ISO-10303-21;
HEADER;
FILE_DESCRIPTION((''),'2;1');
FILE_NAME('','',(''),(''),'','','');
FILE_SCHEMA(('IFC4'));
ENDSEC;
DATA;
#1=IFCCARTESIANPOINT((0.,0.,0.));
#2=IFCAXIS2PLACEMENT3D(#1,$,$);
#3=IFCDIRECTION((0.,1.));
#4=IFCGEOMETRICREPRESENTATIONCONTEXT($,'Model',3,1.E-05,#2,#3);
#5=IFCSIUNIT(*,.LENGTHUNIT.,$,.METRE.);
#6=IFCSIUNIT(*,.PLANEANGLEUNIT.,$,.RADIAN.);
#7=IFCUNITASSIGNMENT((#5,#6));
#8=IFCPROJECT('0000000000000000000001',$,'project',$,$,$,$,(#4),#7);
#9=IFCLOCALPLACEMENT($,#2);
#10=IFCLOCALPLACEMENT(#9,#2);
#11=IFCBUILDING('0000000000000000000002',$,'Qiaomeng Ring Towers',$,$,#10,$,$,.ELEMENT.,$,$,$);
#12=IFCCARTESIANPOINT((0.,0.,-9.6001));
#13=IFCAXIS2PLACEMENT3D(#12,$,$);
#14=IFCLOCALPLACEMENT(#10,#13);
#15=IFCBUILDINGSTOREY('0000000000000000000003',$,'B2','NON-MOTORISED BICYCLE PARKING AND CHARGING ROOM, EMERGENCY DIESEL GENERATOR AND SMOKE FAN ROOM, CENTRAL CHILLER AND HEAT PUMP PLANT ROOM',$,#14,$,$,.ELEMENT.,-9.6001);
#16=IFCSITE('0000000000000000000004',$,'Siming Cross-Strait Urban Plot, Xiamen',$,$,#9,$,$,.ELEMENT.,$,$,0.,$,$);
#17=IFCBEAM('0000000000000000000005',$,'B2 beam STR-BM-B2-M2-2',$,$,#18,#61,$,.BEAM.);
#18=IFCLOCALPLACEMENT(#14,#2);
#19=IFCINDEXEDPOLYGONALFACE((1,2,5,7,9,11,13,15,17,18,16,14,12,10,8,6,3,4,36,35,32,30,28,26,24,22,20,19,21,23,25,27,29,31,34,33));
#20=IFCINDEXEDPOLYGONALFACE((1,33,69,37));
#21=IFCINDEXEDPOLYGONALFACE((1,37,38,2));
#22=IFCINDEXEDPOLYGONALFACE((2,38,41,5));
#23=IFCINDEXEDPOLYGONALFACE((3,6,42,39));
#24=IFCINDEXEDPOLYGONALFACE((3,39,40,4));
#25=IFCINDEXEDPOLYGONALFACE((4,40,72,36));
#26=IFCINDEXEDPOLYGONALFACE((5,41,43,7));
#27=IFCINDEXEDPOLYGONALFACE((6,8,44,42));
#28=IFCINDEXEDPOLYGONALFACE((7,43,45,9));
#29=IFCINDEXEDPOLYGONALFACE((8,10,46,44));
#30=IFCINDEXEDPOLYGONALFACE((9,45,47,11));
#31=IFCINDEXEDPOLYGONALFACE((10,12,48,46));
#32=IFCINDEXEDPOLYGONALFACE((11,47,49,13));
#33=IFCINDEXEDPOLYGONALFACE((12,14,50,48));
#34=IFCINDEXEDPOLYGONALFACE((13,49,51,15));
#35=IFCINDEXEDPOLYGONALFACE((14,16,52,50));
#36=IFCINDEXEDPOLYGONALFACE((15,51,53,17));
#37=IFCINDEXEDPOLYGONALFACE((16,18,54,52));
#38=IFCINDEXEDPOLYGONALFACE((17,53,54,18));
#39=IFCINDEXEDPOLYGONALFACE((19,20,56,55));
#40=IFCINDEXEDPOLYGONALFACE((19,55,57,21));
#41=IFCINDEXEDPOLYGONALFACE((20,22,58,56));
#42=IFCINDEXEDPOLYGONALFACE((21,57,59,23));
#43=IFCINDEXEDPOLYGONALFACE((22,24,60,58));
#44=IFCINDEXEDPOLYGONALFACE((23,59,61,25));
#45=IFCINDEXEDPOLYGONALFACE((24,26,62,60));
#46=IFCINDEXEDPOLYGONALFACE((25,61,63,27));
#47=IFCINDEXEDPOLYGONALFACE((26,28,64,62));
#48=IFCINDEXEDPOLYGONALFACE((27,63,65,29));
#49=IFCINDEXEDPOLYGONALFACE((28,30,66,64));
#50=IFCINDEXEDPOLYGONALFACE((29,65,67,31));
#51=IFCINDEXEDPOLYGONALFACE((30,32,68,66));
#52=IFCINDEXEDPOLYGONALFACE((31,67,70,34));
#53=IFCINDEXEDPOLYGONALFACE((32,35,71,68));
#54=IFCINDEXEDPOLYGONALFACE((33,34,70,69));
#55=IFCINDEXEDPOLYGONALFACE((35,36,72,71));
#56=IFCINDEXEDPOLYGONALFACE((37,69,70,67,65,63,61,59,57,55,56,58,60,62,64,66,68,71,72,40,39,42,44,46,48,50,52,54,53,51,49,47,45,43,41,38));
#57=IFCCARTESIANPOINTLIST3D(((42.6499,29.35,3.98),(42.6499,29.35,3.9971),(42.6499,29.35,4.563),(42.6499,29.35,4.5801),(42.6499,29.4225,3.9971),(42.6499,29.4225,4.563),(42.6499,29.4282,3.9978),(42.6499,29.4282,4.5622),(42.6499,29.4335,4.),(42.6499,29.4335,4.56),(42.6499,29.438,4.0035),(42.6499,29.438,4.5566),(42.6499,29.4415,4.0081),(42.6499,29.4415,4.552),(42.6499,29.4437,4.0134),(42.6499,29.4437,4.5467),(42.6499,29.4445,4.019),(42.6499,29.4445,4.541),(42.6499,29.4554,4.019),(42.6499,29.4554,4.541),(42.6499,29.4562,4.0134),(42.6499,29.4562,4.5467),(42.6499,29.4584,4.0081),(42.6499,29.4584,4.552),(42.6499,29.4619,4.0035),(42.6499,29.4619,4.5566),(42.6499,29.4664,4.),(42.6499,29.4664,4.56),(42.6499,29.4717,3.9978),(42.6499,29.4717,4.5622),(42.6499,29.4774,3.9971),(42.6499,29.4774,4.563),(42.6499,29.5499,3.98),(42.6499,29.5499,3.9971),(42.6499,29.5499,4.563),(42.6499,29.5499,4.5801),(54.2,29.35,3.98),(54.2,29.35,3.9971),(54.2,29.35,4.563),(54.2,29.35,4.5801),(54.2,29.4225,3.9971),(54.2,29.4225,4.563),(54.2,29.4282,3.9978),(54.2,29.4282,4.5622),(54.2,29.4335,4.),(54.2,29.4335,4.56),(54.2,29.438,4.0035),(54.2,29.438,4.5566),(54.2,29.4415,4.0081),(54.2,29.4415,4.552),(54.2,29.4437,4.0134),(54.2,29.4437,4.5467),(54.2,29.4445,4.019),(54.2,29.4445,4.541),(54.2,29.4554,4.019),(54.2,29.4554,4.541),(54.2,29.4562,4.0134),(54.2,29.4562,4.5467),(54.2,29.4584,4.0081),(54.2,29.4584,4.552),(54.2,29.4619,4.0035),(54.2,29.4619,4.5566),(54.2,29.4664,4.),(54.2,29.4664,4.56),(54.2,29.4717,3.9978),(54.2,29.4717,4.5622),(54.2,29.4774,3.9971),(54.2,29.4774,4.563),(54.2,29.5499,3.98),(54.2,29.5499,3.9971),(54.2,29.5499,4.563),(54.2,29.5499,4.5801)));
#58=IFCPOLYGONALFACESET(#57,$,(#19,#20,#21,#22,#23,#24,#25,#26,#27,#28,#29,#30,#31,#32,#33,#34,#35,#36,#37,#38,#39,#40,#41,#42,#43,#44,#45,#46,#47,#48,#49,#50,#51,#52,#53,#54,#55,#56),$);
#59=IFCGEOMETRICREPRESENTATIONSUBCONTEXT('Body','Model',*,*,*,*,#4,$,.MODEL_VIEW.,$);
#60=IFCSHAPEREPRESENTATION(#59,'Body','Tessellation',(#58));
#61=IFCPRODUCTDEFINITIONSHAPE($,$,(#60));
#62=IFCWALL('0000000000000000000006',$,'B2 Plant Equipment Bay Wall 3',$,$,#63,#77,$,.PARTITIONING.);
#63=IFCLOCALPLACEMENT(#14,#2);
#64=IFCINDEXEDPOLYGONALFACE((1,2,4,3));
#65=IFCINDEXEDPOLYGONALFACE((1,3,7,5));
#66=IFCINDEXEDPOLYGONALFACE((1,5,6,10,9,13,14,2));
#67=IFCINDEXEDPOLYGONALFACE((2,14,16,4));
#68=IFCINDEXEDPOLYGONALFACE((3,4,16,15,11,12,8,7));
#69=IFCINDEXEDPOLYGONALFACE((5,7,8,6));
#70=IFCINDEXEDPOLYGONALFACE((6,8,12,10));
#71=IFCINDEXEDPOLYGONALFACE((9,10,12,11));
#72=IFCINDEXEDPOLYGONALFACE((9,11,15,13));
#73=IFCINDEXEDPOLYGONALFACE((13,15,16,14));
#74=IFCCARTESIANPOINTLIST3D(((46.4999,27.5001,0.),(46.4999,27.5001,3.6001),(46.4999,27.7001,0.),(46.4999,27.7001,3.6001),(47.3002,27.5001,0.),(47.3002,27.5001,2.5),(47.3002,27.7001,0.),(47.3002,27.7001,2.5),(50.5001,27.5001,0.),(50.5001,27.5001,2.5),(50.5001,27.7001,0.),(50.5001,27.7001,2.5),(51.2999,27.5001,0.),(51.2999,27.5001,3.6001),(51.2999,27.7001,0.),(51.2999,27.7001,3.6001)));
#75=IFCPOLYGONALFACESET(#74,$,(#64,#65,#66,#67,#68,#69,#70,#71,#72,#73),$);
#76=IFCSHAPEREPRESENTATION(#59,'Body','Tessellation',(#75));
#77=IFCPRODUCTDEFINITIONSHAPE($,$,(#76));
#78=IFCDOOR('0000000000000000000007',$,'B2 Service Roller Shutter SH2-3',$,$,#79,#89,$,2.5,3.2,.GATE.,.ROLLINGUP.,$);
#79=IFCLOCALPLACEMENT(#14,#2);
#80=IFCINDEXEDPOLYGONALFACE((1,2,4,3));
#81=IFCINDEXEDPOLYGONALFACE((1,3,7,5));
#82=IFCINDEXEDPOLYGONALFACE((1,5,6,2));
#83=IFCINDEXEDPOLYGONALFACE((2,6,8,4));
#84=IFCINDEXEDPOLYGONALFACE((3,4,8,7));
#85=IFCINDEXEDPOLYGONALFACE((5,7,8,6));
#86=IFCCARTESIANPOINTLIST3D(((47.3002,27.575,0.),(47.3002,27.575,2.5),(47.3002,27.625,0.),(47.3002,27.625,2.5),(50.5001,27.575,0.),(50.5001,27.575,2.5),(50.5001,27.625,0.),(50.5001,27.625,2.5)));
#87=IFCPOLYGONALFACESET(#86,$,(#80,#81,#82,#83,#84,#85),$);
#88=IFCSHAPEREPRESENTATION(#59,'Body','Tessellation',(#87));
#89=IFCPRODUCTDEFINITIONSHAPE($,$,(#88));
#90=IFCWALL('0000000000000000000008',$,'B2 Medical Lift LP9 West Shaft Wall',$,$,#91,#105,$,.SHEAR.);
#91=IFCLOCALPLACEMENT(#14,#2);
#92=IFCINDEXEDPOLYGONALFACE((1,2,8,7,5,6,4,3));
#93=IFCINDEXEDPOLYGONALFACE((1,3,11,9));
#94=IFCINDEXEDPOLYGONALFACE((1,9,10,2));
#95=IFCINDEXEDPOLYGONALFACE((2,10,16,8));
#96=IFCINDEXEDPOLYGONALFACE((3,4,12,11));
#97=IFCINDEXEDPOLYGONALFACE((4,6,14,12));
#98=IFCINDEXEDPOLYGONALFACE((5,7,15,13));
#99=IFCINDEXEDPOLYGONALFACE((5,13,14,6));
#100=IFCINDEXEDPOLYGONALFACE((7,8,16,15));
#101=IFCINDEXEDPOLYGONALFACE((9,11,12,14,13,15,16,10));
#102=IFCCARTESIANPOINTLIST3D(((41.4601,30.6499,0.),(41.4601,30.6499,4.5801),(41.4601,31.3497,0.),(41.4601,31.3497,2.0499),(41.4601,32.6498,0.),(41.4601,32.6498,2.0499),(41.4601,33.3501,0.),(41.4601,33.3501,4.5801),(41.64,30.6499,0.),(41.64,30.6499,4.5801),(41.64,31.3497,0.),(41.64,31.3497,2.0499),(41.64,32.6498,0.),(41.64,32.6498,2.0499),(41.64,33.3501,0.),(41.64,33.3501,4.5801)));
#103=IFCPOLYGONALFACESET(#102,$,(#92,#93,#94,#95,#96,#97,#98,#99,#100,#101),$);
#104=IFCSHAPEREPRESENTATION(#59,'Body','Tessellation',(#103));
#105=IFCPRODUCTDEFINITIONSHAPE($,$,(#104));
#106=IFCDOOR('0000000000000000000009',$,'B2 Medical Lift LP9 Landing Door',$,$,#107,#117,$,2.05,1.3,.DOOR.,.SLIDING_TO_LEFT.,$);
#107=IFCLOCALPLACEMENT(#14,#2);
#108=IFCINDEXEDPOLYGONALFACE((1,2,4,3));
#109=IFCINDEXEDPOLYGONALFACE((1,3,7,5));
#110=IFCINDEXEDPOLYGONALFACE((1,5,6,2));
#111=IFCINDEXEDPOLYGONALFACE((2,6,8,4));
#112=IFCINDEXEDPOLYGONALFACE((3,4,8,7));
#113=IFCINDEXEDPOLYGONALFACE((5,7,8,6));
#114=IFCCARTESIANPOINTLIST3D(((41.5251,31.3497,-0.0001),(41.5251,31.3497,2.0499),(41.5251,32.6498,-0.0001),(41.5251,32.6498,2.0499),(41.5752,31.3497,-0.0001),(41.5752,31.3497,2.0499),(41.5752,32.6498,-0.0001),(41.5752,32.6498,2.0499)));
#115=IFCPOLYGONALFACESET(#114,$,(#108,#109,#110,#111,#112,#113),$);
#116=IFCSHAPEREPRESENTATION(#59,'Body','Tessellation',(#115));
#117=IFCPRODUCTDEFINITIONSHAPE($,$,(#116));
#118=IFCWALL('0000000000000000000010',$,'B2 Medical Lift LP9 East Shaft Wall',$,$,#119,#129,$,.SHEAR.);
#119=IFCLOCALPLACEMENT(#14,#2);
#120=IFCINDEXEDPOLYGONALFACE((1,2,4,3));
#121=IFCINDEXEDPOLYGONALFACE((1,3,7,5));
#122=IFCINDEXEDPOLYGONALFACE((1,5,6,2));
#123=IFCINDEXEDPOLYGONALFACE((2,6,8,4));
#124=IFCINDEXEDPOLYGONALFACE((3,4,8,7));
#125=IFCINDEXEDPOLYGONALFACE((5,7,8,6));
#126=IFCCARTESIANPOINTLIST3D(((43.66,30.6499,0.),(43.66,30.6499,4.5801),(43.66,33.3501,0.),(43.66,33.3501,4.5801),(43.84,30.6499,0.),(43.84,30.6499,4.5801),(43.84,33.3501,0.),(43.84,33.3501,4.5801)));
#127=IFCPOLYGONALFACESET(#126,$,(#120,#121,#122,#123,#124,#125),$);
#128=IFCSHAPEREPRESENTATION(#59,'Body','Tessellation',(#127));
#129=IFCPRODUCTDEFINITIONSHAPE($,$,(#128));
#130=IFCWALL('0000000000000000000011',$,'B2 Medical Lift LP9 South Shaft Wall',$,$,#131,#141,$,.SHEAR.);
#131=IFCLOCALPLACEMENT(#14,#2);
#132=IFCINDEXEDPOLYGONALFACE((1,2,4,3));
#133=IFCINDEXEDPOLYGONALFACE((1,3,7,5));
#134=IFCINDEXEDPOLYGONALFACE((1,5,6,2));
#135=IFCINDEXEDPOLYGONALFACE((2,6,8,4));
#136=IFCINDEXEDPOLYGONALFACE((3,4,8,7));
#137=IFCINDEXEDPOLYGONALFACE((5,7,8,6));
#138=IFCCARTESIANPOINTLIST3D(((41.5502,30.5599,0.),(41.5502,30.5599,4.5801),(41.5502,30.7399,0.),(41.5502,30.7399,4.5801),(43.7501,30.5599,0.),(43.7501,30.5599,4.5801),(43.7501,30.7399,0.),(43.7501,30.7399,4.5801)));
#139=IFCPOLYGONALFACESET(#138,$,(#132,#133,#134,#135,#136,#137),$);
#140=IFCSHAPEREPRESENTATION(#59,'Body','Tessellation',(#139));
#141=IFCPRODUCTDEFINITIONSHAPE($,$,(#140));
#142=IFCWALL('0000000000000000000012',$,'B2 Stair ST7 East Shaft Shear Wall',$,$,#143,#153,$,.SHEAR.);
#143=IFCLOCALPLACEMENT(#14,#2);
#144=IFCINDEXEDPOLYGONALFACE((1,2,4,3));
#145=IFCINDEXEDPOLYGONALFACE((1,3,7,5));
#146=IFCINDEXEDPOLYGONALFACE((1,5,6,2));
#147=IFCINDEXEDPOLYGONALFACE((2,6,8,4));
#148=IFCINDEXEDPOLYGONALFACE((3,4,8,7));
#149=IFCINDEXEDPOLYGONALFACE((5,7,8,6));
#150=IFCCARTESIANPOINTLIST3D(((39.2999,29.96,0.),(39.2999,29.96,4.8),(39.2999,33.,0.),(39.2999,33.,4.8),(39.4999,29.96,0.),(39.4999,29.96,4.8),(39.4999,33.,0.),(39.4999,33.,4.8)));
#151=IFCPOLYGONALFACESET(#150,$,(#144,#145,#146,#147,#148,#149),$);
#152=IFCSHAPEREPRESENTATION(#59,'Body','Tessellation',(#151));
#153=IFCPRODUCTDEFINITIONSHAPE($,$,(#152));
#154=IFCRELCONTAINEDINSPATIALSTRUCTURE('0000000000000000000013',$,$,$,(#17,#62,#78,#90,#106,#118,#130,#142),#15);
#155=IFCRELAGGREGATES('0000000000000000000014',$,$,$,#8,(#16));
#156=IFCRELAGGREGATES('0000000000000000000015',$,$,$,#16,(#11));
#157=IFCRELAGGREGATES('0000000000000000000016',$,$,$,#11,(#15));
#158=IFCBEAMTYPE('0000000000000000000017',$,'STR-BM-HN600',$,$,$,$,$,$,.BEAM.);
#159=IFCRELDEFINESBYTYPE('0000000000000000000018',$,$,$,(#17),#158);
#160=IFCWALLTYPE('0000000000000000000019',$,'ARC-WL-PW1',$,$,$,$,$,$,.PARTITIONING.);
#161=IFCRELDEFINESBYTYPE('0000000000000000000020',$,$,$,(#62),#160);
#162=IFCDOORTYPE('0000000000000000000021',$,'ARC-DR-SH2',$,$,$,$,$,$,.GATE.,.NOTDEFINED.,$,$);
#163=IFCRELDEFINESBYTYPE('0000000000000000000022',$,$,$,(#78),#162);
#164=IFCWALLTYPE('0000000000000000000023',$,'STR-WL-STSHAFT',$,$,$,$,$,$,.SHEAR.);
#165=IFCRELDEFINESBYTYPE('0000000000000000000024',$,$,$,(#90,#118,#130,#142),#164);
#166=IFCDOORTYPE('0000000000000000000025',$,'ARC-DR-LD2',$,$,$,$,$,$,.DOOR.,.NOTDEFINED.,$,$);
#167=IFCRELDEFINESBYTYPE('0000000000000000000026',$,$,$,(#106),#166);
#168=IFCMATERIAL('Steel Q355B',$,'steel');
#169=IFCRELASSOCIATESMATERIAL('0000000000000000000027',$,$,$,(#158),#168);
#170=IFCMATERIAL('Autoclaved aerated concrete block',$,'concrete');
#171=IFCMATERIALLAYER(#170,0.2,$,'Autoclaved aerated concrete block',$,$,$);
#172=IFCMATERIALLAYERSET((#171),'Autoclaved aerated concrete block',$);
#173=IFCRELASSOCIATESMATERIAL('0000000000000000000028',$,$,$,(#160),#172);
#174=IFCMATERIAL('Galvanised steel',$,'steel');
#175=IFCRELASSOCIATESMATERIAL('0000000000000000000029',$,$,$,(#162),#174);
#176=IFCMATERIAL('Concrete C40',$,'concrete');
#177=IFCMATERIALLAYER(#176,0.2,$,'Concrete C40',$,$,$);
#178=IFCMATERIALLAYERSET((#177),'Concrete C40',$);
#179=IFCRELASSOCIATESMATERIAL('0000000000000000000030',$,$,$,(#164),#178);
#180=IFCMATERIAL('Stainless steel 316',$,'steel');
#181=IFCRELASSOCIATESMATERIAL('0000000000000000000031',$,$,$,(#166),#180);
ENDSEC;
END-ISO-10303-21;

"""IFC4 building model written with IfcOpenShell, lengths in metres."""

from ifc_helpers import new_model, si_unit, direction, frame, frame_2d, origin, origin_2d, place, context, subcontext, project, spatial, rectangle, i_section, extrude, source, transform, mapped, material, layer, layer_set, material_profile, profile_set, type_object, element, fill, save


model = new_model("IFC4")

# Units and contexts
model_context = context("Model", 3, precision=1e-05, world=origin(), true_north=direction((0.0, 1.0)))
body_context = subcontext(model_context, "Body", "Model", "MODEL_VIEW")
ifc_project = project(units=[si_unit("LENGTHUNIT", "METRE"), si_unit("PLANEANGLEUNIT", "RADIAN")], contexts=[model_context])

# Site, building, storey
site_placement = place(None, origin())
site = spatial("IfcSite", under=ifc_project, at=site_placement, Name="Siming Cross-Strait Urban Plot, Xiamen", CompositionType="ELEMENT", RefElevation=0.0)
building_placement = place(site_placement, origin())
building = spatial("IfcBuilding", under=site, at=building_placement, Name="Qiaomeng Ring Towers", CompositionType="ELEMENT")
storey_placement = place(building_placement, frame((0.0, 0.0, -9.6001)))
storey = spatial("IfcBuildingStorey", under=building, at=storey_placement, Name="B2", Description="NON-MOTORISED BICYCLE PARKING AND CHARGING ROOM, EMERGENCY DIESEL GENERATOR AND SMOKE FAN ROOM, CENTRAL CHILLER AND HEAT PUMP PLANT ROOM", CompositionType="ELEMENT", Elevation=-9.6001)

# Shared definitions
ifc_material_1 = material(Name="Concrete C40", Category="concrete")

# Beam
ifc_material_2 = material(Name="Steel Q355B", Category="steel")
ifc_material_profile_1 = material_profile(ifc_material_2, i_section(OverallWidth=0.2, OverallDepth=0.6001, WebThickness=0.011, FlangeThickness=0.0171, FilletRadius=0.022, at=origin_2d()), Name="HN 600x200x11x17")
ifc_profile_set_1 = profile_set([ifc_material_profile_1], Name="Steel Q355B")
beam_type = type_object("IfcBeamType", Name="STR-BM-HN600", PredefinedType="BEAM", material=ifc_profile_set_1)
shared_shape_1 = source(origin(), body_context, "Body", "SweptSolid", [
    extrude(i_section(OverallWidth=0.2, OverallDepth=0.6001, WebThickness=0.011, FlangeThickness=0.0171, FilletRadius=0.022, at=origin_2d()), origin(), (0.0, 0.0, 1.0), 11.55),
])
beam_placement = place(storey_placement, frame((42.6499, 29.45, 4.28), z_axis=(1.0, 0.0, 0.0), x_axis=(0.0, 1.0, 0.0)))
element("IfcBeam", 1, at=beam_placement, inside=storey, type_object=beam_type, Name="B2 beam STR-BM-B2-M2-2", PredefinedType="BEAM", context=body_context, shape_type="MappedRepresentation", body=[
    mapped(shared_shape_1, transform((0.0, 0.0, 0.0), x_axis=(1.0, 0.0, 0.0), y_axis=(0.0, 1.0, 0.0), z_axis=(0.0, 0.0, 1.0), scale=1.0)),
])

# Walls, openings, doors
ifc_material_3 = material(Name="Autoclaved aerated concrete block", Category="concrete")
ifc_layer_1 = layer(ifc_material_3, 0.2, Name="Autoclaved aerated concrete block")
ifc_layer_set_1 = layer_set([ifc_layer_1], Name="Autoclaved aerated concrete block")
wall_type_1 = type_object("IfcWallType", Name="ARC-WL-PW1", PredefinedType="PARTITIONING", material=ifc_layer_set_1)
wall_1_placement = place(storey_placement, frame((46.5, 27.6001, 0.0), z_axis=(0.0, 0.0, 1.0), x_axis=(1.0, 0.0, 0.0)))
wall_1 = element("IfcWall", 2, at=wall_1_placement, inside=storey, type_object=wall_type_1, Name="B2 Plant Equipment Bay Wall 3", PredefinedType="PARTITIONING", context=body_context, shape_type="SweptSolid", body=[
    extrude(rectangle(XDim=4.8, YDim=0.2, at=frame_2d((2.3999, 0.0))), origin(), (0.0, 0.0, 1.0), 3.6001),
])
opening_1_placement = place(wall_1_placement, frame((0.8, 0.0, 0.0)))
opening_1 = element("IfcOpeningElement", 3, at=opening_1_placement, cuts=wall_1, PredefinedType="OPENING", context=body_context, shape_type="SweptSolid", body=[
    extrude(rectangle(XDim=3.2, YDim=2.5, at=frame_2d((1.6001, 1.25))), frame((0.0, 0.1099, 0.0), z_axis=(0.0, -1.0, 0.0), x_axis=(1.0, 0.0, 0.0)), (0.0, 0.0, 1.0), 0.22),
])
ifc_material_4 = material(Name="Galvanised steel", Category="steel")
door_type_1 = type_object("IfcDoorType", Name="ARC-DR-SH2", OperationType="NOTDEFINED", PredefinedType="GATE", material=ifc_material_4)
shared_shape_2 = source(origin(), body_context, "Body", "SweptSolid", [
    extrude(rectangle(XDim=3.2, YDim=2.5, at=frame_2d((1.6001, 1.25))), frame((0.0, 0.0249, 0.0), z_axis=(0.0, -1.0, 0.0), x_axis=(1.0, 0.0, 0.0)), (0.0, 0.0, 1.0), 0.05),
])
door_1_placement = place(opening_1_placement, origin())
door_1 = element("IfcDoor", 4, at=door_1_placement, inside=storey, type_object=door_type_1, Name="B2 Service Roller Shutter SH2-3", OperationType="ROLLINGUP", OverallHeight=2.5, OverallWidth=3.2, PredefinedType="GATE", context=body_context, shape_type="MappedRepresentation", body=[
    mapped(shared_shape_2, transform((0.0, 0.0, 0.0), x_axis=(1.0, 0.0, 0.0), y_axis=(0.0, 1.0, 0.0), z_axis=(0.0, 0.0, 1.0), scale=1.0)),
])
fill(opening_1, door_1)
ifc_layer_2 = layer(ifc_material_1, 0.2, Name="Concrete C40")
ifc_layer_set_2 = layer_set([ifc_layer_2], Name="Concrete C40")
wall_type_2 = type_object("IfcWallType", Name="STR-WL-STSHAFT", PredefinedType="SHEAR", material=ifc_layer_set_2)
wall_2_placement = place(storey_placement, frame((41.55, 30.6499, 0.0), z_axis=(0.0, 0.0, 1.0), x_axis=(0.0, 1.0, 0.0)))
wall_2 = element("IfcWall", 5, at=wall_2_placement, inside=storey, type_object=wall_type_2, Name="B2 Medical Lift LP9 West Shaft Wall", PredefinedType="SHEAR", context=body_context, shape_type="SweptSolid", body=[
    extrude(rectangle(XDim=2.7002, YDim=0.1799, at=frame_2d((1.3501, 0.0))), origin(), (0.0, 0.0, 1.0), 4.5801),
])
opening_2_placement = place(wall_2_placement, frame((0.7, 0.0, 0.0)))
opening_2 = element("IfcOpeningElement", 6, at=opening_2_placement, cuts=wall_2, PredefinedType="OPENING", context=body_context, shape_type="SweptSolid", body=[
    extrude(rectangle(XDim=1.3, YDim=2.05, at=frame_2d((0.6499, 1.0249))), frame((0.0, 0.0999, 0.0), z_axis=(0.0, -1.0, 0.0), x_axis=(1.0, 0.0, 0.0)), (0.0, 0.0, 1.0), 0.2),
])
ifc_material_5 = material(Name="Stainless steel 316", Category="steel")
door_type_2 = type_object("IfcDoorType", Name="ARC-DR-LD2", OperationType="NOTDEFINED", PredefinedType="DOOR", material=ifc_material_5)
shared_shape_3 = source(origin(), body_context, "Body", "SweptSolid", [
    extrude(rectangle(XDim=1.3, YDim=2.05, at=frame_2d((0.6499, 1.0249))), frame((0.0, 0.0249, 0.0), z_axis=(0.0, -1.0, 0.0), x_axis=(1.0, 0.0, 0.0)), (0.0, 0.0, 1.0), 0.05),
])
door_2_placement = place(opening_2_placement, origin())
door_2 = element("IfcDoor", 7, at=door_2_placement, inside=storey, type_object=door_type_2, Name="B2 Medical Lift LP9 Landing Door", OperationType="SLIDING_TO_LEFT", OverallHeight=2.05, OverallWidth=1.3, PredefinedType="DOOR", context=body_context, shape_type="MappedRepresentation", body=[
    mapped(shared_shape_3, transform((0.0, 0.0, 0.0), x_axis=(1.0, 0.0, 0.0), y_axis=(0.0, 1.0, 0.0), z_axis=(0.0, 0.0, 1.0), scale=1.0)),
])
fill(opening_2, door_2)

# Walls
wall_3_placement = place(storey_placement, frame((43.75, 30.6499, 0.0), z_axis=(0.0, 0.0, 1.0), x_axis=(0.0, 1.0, 0.0)))
element("IfcWall", 8, at=wall_3_placement, inside=storey, type_object=wall_type_2, Name="B2 Medical Lift LP9 East Shaft Wall", PredefinedType="SHEAR", context=body_context, shape_type="SweptSolid", body=[
    extrude(rectangle(XDim=2.7002, YDim=0.1799, at=frame_2d((1.3501, 0.0))), origin(), (0.0, 0.0, 1.0), 4.5801),
])
wall_4_placement = place(storey_placement, frame((41.55, 30.6499, 0.0), z_axis=(0.0, 0.0, 1.0), x_axis=(1.0, 0.0, 0.0)))
element("IfcWall", 9, at=wall_4_placement, inside=storey, type_object=wall_type_2, Name="B2 Medical Lift LP9 South Shaft Wall", PredefinedType="SHEAR", context=body_context, shape_type="SweptSolid", body=[
    extrude(rectangle(XDim=2.2, YDim=0.1799, at=frame_2d((1.1001, 0.0))), origin(), (0.0, 0.0, 1.0), 4.5801),
])
wall_5_placement = place(storey_placement, frame((39.3999, 29.96, 0.0), z_axis=(0.0, 0.0, 1.0), x_axis=(0.0, 1.0, 0.0)))
element("IfcWall", 10, at=wall_5_placement, inside=storey, type_object=wall_type_2, Name="B2 Stair ST7 East Shaft Shear Wall", PredefinedType="SHEAR", context=body_context, shape_type="SweptSolid", body=[
    extrude(rectangle(XDim=3.04, YDim=0.2, at=frame_2d((1.52, 0.0))), origin(), (0.0, 0.0, 1.0), 4.8),
])

save(model, "model.ifc")
